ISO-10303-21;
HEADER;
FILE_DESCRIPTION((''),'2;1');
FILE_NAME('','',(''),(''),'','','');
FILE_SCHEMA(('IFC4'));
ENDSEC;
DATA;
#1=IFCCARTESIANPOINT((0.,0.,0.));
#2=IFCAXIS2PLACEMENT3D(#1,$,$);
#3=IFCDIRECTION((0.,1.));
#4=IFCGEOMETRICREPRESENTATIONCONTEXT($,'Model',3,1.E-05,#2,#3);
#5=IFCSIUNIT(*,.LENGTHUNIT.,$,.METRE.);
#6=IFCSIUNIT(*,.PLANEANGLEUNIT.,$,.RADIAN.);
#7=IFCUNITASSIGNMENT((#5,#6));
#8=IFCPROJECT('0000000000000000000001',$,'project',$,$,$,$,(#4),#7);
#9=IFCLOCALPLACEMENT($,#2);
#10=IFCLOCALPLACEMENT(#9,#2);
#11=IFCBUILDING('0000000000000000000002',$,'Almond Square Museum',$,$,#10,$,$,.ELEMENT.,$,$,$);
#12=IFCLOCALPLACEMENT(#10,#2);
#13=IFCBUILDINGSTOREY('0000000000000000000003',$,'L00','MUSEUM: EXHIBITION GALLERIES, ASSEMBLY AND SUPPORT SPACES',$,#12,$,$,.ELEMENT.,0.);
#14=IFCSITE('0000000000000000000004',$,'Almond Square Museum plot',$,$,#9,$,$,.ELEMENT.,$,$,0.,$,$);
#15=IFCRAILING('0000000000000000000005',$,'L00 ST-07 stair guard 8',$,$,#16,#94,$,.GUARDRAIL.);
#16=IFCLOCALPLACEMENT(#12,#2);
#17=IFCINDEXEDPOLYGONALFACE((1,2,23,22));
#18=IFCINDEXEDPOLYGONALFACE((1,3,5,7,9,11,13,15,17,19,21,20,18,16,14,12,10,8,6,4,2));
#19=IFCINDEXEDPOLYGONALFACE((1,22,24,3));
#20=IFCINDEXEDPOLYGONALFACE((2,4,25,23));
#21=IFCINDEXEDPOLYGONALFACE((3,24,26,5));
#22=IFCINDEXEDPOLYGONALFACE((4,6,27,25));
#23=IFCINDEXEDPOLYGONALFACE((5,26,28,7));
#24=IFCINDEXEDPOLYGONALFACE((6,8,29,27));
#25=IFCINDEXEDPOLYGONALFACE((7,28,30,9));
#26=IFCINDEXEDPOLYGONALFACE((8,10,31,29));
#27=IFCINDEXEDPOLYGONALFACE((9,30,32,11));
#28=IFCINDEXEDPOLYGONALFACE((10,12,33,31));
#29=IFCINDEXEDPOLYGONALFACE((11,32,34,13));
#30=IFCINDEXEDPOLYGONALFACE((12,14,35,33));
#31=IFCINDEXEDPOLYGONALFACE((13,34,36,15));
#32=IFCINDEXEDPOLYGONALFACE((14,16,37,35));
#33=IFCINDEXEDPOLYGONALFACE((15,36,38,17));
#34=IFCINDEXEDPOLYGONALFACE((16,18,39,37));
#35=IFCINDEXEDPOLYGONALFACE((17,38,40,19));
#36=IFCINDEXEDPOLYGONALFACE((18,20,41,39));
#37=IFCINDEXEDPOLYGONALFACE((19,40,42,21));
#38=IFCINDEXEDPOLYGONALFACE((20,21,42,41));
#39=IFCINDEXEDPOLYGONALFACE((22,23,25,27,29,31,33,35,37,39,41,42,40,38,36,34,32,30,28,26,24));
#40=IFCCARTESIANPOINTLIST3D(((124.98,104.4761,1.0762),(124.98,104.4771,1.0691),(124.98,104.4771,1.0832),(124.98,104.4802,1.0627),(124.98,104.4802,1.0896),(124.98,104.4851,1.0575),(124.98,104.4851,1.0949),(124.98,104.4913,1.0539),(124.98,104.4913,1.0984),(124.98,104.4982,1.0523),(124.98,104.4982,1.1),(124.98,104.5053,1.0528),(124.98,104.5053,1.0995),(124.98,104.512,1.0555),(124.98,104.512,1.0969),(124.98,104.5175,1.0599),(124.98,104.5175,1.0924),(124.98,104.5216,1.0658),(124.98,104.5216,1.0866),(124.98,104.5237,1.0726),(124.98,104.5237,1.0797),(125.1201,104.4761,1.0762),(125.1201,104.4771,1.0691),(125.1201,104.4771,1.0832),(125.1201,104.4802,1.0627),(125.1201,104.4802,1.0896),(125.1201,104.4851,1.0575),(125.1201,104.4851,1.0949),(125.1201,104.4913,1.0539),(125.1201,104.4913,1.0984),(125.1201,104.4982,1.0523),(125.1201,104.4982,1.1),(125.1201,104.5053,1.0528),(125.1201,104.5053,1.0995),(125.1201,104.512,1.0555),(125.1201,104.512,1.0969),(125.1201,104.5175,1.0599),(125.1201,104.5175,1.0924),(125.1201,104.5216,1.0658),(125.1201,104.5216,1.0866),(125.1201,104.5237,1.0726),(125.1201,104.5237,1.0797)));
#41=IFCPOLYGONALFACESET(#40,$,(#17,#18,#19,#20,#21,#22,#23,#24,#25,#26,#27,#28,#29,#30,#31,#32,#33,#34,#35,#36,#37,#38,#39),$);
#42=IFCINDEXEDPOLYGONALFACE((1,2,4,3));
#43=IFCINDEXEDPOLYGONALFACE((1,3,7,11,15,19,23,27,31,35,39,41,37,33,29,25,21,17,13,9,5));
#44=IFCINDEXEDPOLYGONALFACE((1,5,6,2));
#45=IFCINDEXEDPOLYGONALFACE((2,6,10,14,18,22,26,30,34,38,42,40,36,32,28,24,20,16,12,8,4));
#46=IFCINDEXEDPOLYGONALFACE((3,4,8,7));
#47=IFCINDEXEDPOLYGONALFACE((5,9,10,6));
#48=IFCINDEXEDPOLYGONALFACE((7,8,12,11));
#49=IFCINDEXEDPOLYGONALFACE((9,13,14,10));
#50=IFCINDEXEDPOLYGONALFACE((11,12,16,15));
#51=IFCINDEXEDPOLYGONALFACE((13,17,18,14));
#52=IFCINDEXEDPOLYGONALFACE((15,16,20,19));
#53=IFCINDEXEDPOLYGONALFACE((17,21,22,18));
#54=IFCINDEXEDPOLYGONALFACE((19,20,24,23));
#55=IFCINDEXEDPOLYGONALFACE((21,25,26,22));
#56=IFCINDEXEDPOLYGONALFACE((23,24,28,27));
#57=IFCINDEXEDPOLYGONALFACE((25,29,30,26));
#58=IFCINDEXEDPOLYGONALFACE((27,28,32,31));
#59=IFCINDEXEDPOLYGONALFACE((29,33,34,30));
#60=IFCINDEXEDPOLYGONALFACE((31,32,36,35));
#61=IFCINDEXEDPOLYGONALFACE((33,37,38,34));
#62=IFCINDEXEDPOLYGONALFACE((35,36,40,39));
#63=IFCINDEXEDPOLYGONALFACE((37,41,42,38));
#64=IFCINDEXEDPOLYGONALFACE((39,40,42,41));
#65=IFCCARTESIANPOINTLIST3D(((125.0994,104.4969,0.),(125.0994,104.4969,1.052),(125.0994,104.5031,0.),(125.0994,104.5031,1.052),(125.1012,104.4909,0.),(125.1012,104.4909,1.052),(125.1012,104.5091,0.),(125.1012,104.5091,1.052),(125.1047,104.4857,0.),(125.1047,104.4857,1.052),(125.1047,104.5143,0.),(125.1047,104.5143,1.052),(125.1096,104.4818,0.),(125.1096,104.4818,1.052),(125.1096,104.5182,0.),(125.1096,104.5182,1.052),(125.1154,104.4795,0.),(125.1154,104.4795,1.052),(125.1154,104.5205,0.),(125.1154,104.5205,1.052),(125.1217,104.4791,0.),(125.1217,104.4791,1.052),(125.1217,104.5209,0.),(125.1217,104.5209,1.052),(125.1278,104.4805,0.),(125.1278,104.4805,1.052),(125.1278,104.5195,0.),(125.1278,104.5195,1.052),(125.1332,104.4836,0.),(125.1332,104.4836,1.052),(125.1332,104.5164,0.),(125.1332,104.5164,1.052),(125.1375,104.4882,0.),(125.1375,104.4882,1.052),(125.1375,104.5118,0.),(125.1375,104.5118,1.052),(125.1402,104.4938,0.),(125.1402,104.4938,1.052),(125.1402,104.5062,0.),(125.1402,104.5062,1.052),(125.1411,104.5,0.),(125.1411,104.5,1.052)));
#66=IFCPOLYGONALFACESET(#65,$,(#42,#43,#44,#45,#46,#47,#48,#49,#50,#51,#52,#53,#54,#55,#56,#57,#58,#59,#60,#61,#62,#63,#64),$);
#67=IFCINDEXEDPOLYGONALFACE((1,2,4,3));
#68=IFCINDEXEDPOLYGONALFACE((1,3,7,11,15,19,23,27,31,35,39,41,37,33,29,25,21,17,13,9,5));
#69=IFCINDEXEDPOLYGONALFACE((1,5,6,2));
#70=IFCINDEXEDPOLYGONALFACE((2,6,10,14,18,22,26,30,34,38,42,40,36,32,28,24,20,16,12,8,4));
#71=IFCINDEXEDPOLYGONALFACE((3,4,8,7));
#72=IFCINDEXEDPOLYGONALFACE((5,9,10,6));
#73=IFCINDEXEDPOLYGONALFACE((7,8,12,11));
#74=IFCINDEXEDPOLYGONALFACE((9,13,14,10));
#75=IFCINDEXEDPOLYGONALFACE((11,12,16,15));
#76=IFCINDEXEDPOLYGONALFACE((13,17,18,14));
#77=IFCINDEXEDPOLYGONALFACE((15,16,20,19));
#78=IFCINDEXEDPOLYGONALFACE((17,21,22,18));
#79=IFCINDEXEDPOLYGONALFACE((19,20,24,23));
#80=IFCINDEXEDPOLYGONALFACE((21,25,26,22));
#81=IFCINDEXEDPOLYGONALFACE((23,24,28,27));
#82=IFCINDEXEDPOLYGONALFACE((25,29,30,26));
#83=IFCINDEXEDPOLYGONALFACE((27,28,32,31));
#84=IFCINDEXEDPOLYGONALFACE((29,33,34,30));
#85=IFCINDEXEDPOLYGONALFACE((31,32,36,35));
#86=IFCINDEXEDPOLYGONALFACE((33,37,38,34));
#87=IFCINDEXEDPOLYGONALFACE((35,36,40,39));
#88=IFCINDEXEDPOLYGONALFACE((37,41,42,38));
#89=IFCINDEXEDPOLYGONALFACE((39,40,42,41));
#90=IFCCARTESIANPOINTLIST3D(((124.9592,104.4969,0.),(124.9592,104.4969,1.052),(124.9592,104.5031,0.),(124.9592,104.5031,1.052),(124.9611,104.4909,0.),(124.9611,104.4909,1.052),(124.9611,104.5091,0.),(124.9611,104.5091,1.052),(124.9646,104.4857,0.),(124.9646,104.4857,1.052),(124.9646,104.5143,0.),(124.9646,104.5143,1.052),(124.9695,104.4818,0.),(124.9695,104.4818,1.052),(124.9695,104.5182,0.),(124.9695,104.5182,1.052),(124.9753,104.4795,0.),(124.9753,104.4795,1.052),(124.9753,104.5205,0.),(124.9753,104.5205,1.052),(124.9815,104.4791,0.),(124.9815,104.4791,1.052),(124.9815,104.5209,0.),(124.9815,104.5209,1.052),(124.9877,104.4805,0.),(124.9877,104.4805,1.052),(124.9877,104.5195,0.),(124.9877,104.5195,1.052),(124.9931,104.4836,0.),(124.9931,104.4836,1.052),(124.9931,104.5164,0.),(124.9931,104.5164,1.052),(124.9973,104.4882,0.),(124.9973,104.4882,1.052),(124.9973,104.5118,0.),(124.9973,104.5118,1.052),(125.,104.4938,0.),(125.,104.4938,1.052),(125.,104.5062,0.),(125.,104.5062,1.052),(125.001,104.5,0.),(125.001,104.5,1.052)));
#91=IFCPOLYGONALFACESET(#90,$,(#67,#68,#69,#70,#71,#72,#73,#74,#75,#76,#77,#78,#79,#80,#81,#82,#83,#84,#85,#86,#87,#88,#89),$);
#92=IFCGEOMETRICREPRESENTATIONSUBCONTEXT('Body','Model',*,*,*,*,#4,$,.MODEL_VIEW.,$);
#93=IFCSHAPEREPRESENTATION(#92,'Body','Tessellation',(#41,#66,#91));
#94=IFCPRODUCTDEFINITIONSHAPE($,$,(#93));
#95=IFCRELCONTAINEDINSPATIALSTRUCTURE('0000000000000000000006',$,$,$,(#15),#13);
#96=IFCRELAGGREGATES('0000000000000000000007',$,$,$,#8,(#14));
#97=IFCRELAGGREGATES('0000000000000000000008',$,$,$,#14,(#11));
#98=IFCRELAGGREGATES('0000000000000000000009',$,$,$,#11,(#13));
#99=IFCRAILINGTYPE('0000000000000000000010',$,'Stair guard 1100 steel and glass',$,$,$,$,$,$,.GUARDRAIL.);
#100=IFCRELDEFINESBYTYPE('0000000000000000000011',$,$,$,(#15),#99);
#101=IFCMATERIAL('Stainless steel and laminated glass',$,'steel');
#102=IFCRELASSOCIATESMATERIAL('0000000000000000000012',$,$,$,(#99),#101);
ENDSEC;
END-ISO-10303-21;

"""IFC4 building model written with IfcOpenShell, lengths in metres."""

from ifc_helpers import new_model, si_unit, direction, frame, origin, origin_2d, place, context, subcontext, project, spatial, circle, extrude, material, type_object, element, save


model = new_model("IFC4")

# Units and contexts
model_context = context("Model", 3, precision=1e-05, world=origin(), true_north=direction((0.0, 1.0)))
body_context = subcontext(model_context, "Body", "Model", "MODEL_VIEW")
ifc_project = project(units=[si_unit("LENGTHUNIT", "METRE"), si_unit("PLANEANGLEUNIT", "RADIAN")], contexts=[model_context])

# Site, building, storey
site_placement = place(None, origin())
site = spatial("IfcSite", under=ifc_project, at=site_placement, Name="Almond Square Museum plot", CompositionType="ELEMENT", RefElevation=0.0)
building_placement = place(site_placement, origin())
building = spatial("IfcBuilding", under=site, at=building_placement, Name="Almond Square Museum", CompositionType="ELEMENT")
storey_placement = place(building_placement, origin())
storey = spatial("IfcBuildingStorey", under=building, at=storey_placement, Name="L00", Description="MUSEUM: EXHIBITION GALLERIES, ASSEMBLY AND SUPPORT SPACES", CompositionType="ELEMENT", Elevation=0.0)

# Railing
ifc_material_1 = material(Name="Stainless steel and laminated glass", Category="steel")
railing_type_1 = type_object("IfcRailingType", Name="Stair guard 1100 steel and glass", PredefinedType="GUARDRAIL", material=ifc_material_1)
railing_1_placement = place(storey_placement, frame((125.1201, 104.5, 0.0)))
element("IfcRailing", 1, at=railing_1_placement, inside=storey, type_object=railing_type_1, Name="L00 ST-07 stair guard 8", PredefinedType="GUARDRAIL", context=body_context, shape_type="SweptSolid", body=[
    extrude(circle(Radius=0.0239, at=origin_2d()), frame((0.0, 0.0, 1.0762), z_axis=(-1.0, 0.0, 0.0), x_axis=(0.0, -1.0, 0.0)), (0.0, 0.0, 1.0), 0.1401),
    extrude(circle(Radius=0.021, at=origin_2d()), origin(), (0.0, 0.0, 1.0), 1.052),
    extrude(circle(Radius=0.021, at=origin_2d()), frame((-0.1401, 0.0, 0.0)), (0.0, 0.0, 1.0), 1.052),
])

save(model, "model.ifc")
